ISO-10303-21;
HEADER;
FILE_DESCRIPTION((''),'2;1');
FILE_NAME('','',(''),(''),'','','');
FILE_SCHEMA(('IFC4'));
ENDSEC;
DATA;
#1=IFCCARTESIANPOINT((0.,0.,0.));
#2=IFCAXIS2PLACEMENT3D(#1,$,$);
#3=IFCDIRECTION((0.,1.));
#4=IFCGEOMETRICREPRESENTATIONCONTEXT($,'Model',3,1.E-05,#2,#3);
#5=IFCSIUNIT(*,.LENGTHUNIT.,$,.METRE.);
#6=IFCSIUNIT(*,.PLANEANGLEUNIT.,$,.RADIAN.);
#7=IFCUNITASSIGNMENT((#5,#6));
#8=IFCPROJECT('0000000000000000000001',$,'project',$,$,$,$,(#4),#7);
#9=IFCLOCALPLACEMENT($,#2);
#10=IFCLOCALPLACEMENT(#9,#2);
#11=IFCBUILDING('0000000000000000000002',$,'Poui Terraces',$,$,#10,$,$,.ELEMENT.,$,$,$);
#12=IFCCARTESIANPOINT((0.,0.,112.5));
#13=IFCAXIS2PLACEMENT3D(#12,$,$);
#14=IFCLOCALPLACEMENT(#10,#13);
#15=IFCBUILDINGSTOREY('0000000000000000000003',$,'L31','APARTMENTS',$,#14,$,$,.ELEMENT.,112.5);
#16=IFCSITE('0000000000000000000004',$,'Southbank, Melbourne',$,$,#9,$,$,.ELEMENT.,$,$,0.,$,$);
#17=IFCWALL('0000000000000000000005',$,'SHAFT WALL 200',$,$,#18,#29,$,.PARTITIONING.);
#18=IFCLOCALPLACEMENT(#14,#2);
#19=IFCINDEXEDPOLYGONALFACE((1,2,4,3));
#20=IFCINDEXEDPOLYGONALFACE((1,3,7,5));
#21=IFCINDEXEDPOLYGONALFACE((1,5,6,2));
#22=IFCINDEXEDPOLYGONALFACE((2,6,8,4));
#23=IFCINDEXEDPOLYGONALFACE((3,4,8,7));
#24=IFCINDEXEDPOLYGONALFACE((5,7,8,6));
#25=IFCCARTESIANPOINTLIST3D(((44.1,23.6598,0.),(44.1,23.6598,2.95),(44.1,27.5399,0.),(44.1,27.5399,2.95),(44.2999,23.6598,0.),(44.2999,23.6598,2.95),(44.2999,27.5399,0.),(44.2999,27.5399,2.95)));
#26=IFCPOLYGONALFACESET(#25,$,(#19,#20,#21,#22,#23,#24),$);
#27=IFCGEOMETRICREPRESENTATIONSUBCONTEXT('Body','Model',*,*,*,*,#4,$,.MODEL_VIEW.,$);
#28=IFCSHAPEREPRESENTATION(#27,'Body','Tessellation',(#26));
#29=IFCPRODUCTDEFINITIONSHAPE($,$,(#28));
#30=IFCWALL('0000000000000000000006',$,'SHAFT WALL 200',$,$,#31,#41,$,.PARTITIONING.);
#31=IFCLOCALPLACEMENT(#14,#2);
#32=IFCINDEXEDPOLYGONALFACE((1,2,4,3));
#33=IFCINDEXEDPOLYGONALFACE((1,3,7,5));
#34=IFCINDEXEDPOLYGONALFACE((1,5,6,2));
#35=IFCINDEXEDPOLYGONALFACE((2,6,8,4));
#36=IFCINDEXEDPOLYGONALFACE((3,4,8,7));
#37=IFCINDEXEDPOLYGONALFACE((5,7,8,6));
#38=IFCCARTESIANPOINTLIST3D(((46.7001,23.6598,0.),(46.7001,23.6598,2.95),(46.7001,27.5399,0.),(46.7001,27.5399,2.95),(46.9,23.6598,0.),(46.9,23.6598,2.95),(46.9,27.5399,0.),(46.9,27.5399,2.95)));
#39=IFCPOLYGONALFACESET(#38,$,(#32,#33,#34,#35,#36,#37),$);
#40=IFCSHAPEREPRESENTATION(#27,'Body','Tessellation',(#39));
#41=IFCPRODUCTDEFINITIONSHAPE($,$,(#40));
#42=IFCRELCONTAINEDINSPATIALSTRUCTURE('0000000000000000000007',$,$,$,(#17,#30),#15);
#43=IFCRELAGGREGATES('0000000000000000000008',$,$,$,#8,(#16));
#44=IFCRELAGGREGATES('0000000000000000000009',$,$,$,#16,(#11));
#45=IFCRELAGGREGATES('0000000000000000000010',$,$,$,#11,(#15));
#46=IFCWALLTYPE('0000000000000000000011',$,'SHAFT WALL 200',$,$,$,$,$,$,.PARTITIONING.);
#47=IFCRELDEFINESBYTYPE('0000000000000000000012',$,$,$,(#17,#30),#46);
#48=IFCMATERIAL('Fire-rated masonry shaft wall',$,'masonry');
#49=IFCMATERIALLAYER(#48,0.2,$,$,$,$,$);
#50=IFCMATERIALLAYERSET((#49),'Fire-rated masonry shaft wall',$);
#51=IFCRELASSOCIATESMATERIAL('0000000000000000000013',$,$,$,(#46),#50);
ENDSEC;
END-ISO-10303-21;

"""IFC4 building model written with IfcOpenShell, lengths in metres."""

from ifc_helpers import new_model, si_unit, direction, frame, frame_2d, origin, place, context, subcontext, project, spatial, rectangle, extrude, material, layer, layer_set, type_object, element, save


model = new_model("IFC4")

# Units and contexts
model_context = context("Model", 3, precision=1e-05, world=origin(), true_north=direction((0.0, 1.0)))
body_context = subcontext(model_context, "Body", "Model", "MODEL_VIEW")
ifc_project = project(units=[si_unit("LENGTHUNIT", "METRE"), si_unit("PLANEANGLEUNIT", "RADIAN")], contexts=[model_context])

# Site, building, storey
site_placement = place(None, origin())
site = spatial("IfcSite", under=ifc_project, at=site_placement, Name="Southbank, Melbourne", CompositionType="ELEMENT", RefElevation=0.0)
building_placement = place(site_placement, origin())
building = spatial("IfcBuilding", under=site, at=building_placement, Name="Poui Terraces", CompositionType="ELEMENT")
storey_placement = place(building_placement, frame((0.0, 0.0, 112.5)))
storey = spatial("IfcBuildingStorey", under=building, at=storey_placement, Name="L31", Description="APARTMENTS", CompositionType="ELEMENT", Elevation=112.5)

# Walls
ifc_material_1 = material(Name="Fire-rated masonry shaft wall", Category="masonry")
ifc_layer_1 = layer(ifc_material_1, 0.2)
ifc_layer_set_1 = layer_set([ifc_layer_1], Name="Fire-rated masonry shaft wall")
wall_type_1 = type_object("IfcWallType", Name="SHAFT WALL 200", PredefinedType="PARTITIONING", material=ifc_layer_set_1)
for number, where, z_axis, x_axis, name in (
    (1, (44.2, 23.6599, 0.0), (0.0, 0.0, 1.0), (0.0, 1.0, 0.0), "SHAFT WALL 200"),
    (2, (46.8, 23.6599, 0.0), (0.0, 0.0, 1.0), (0.0, 1.0, 0.0), "SHAFT WALL 200"),
):
    element("IfcWall", number, at=place(storey_placement, frame(where, z_axis=z_axis, x_axis=x_axis)), inside=storey, type_object=wall_type_1, Name=name, PredefinedType="PARTITIONING", context=body_context, shape_type="SweptSolid", body=[
        extrude(rectangle(XDim=3.8801, YDim=0.2, at=frame_2d((1.9399, 0.0))), origin(), (0.0, 0.0, 1.0), 2.95),
    ])

save(model, "model.ifc")
